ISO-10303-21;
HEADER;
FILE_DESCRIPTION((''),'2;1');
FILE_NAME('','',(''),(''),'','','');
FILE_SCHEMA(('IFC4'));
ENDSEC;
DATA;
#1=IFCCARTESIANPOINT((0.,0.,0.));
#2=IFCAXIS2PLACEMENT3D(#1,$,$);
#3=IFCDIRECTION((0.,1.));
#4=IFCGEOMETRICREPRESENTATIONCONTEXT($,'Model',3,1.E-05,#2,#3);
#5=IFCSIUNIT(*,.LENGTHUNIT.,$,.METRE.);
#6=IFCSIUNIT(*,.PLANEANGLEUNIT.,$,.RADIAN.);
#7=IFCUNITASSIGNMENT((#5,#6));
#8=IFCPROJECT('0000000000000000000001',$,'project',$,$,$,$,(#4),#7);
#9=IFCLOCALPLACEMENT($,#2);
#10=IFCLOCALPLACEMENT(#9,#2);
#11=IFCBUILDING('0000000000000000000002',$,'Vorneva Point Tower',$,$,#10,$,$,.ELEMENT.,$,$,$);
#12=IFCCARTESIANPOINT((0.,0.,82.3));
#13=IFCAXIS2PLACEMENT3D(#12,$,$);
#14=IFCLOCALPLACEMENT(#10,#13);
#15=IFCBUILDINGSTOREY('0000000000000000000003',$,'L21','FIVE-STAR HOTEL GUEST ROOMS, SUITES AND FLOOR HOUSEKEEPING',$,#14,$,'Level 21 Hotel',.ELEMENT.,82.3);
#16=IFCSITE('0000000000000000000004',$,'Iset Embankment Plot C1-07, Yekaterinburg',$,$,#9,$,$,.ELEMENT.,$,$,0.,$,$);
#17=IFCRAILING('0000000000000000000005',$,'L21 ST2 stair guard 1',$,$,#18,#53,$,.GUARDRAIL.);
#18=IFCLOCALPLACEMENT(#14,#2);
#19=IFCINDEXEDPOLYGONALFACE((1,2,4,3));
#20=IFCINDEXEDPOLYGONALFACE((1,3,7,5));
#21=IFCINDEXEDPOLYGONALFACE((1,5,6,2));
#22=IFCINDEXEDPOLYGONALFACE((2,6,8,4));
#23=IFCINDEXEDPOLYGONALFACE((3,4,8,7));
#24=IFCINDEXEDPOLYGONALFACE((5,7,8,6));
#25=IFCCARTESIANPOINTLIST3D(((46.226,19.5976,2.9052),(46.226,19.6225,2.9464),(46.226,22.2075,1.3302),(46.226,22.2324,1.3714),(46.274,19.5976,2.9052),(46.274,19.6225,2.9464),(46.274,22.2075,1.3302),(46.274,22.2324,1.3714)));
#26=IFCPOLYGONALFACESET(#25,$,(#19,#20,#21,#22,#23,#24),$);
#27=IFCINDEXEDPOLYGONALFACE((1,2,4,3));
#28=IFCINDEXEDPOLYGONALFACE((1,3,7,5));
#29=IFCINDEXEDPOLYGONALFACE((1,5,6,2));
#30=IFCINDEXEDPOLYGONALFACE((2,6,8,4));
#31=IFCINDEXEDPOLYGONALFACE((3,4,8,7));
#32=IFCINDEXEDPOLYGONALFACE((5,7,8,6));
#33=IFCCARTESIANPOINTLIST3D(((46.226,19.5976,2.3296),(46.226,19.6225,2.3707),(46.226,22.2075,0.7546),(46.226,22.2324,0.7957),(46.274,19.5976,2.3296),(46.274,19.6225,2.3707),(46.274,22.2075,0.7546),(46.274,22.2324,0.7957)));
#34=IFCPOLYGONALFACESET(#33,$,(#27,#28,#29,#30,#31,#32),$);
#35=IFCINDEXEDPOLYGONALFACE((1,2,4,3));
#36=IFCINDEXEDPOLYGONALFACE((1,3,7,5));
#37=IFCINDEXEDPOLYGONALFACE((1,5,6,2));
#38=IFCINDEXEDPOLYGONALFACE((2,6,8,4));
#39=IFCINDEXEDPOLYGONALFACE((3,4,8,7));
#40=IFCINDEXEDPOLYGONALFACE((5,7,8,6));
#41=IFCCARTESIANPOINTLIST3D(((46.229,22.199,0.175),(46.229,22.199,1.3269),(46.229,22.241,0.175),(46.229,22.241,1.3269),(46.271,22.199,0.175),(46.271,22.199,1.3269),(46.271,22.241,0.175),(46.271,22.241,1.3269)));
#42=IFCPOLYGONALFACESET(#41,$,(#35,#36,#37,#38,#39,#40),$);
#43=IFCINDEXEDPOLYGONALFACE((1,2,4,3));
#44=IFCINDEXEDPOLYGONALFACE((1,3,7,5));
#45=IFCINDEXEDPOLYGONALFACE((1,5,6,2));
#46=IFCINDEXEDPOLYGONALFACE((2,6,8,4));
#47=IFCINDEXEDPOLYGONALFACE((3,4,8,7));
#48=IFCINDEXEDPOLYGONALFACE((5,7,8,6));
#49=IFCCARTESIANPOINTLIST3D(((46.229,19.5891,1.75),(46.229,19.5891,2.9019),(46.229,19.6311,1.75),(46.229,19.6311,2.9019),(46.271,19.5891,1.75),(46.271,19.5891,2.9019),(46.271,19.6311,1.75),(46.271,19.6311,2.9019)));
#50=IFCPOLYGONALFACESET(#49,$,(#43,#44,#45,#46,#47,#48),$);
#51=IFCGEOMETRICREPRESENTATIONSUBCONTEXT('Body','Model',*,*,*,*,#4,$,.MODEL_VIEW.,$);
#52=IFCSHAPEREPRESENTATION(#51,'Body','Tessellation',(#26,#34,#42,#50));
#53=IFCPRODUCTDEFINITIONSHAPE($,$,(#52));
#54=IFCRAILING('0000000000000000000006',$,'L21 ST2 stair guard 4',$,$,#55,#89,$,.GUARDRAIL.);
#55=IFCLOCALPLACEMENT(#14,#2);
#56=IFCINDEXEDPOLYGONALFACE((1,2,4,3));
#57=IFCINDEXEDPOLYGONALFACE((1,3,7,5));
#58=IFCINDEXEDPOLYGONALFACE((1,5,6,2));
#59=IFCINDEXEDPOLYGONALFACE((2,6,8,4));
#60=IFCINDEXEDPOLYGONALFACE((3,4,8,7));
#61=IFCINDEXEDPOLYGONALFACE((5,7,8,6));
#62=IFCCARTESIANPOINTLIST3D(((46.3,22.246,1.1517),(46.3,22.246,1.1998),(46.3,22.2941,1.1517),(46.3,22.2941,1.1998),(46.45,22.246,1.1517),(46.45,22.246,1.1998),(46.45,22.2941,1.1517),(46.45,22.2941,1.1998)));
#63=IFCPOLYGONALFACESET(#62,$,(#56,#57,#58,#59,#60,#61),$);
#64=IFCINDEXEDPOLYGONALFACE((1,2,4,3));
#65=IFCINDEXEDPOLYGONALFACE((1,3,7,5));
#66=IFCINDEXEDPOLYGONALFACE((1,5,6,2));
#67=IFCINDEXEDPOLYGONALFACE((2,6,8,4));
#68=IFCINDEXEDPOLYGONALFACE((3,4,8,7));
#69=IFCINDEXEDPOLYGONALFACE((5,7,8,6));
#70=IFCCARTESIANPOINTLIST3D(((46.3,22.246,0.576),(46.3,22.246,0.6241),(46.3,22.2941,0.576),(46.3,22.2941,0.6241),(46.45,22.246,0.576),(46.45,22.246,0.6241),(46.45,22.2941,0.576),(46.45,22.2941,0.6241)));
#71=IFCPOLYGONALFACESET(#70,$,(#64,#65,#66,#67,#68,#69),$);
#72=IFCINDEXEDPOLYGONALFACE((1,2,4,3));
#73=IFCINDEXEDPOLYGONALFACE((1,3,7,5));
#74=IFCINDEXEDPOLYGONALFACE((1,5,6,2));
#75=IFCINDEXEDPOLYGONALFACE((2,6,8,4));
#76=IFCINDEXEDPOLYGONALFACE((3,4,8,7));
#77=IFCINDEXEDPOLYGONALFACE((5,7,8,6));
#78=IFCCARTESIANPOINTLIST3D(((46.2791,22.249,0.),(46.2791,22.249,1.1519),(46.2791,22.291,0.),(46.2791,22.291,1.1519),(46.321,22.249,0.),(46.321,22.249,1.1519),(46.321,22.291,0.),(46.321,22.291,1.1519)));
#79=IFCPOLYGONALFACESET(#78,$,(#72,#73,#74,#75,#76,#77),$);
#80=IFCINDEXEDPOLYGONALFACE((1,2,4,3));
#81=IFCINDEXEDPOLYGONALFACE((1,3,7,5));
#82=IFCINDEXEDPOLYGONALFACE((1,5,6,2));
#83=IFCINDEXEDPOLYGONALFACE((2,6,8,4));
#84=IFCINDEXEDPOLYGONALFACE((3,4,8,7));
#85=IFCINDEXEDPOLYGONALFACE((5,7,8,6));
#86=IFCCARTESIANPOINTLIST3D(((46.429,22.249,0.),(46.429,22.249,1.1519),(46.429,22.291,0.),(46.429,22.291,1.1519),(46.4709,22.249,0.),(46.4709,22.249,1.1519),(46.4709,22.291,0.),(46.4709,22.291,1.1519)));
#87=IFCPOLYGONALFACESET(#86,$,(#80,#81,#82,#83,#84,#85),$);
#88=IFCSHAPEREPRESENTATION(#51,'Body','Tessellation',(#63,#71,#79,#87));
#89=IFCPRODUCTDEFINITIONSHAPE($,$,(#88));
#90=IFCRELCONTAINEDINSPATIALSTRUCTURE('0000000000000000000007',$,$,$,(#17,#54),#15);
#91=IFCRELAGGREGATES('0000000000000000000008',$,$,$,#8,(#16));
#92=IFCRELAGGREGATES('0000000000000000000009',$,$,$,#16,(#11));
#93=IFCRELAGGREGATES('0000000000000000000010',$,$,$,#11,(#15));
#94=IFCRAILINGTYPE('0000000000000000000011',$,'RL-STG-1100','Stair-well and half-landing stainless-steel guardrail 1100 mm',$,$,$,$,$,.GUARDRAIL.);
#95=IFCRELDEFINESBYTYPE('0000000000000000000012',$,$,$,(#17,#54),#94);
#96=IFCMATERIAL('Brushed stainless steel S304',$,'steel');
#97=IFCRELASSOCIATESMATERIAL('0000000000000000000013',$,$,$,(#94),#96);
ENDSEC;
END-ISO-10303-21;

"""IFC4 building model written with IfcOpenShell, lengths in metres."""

from ifc_helpers import new_model, si_unit, direction, frame, origin, origin_2d, place, context, subcontext, project, spatial, rectangle, extrude, material, type_object, element, save


model = new_model("IFC4")

# Units and contexts
model_context = context("Model", 3, precision=1e-05, world=origin(), true_north=direction((0.0, 1.0)))
body_context = subcontext(model_context, "Body", "Model", "MODEL_VIEW")
ifc_project = project(units=[si_unit("LENGTHUNIT", "METRE"), si_unit("PLANEANGLEUNIT", "RADIAN")], contexts=[model_context])

# Site, building, storey
site_placement = place(None, origin())
site = spatial("IfcSite", under=ifc_project, at=site_placement, Name="Iset Embankment Plot C1-07, Yekaterinburg", CompositionType="ELEMENT", RefElevation=0.0)
building_placement = place(site_placement, origin())
building = spatial("IfcBuilding", under=site, at=building_placement, Name="Vorneva Point Tower", CompositionType="ELEMENT")
storey_placement = place(building_placement, frame((0.0, 0.0, 82.3)))
storey = spatial("IfcBuildingStorey", under=building, at=storey_placement, Name="L21", Description="FIVE-STAR HOTEL GUEST ROOMS, SUITES AND FLOOR HOUSEKEEPING", LongName="Level 21 Hotel", CompositionType="ELEMENT", Elevation=82.3)

# Shared definitions
ifc_material_1 = material(Name="Brushed stainless steel S304", Category="steel")

# Railings
railing_type_1 = type_object("IfcRailingType", Name="RL-STG-1100", Description="Stair-well and half-landing stainless-steel guardrail 1100 mm", PredefinedType="GUARDRAIL", material=ifc_material_1)
railing_1_placement = place(storey_placement, frame((46.25, 22.22, 0.175)))
element("IfcRailing", 1, at=railing_1_placement, inside=storey, type_object=railing_type_1, Name="L21 ST2 stair guard 1", PredefinedType="GUARDRAIL", context=body_context, shape_type="SweptSolid", body=[
    extrude(rectangle(XDim=0.0481, YDim=0.0481, at=origin_2d()), frame((0.0, 0.0, 1.1758), z_axis=(0.0, -0.856183, 0.516673), x_axis=(1.0, 0.0, 0.0)), (0.0, 0.0, 1.0), 3.0483),
    extrude(rectangle(XDim=0.0481, YDim=0.0481, at=origin_2d()), frame((0.0, 0.0, 0.6001), z_axis=(0.0, -0.856183, 0.516673), x_axis=(1.0, 0.0, 0.0)), (0.0, 0.0, 1.0), 3.0483),
    extrude(rectangle(XDim=0.042, YDim=0.042, at=origin_2d()), origin(), (0.0, 0.0, 1.0), 1.1519),
    extrude(rectangle(XDim=0.042, YDim=0.042, at=origin_2d()), frame((0.0, -2.6099, 1.575)), (0.0, 0.0, 1.0), 1.1519),
])
railing_2_placement = place(storey_placement, frame((46.3, 22.27, 0.0)))
element("IfcRailing", 2, at=railing_2_placement, inside=storey, type_object=railing_type_1, Name="L21 ST2 stair guard 4", PredefinedType="GUARDRAIL", context=body_context, shape_type="SweptSolid", body=[
    extrude(rectangle(XDim=0.0481, YDim=0.0481, at=origin_2d()), frame((0.0, 0.0, 1.1758), z_axis=(1.0, 0.0, 0.0), x_axis=(0.0, 1.0, 0.0)), (0.0, 0.0, 1.0), 0.1499),
    extrude(rectangle(XDim=0.0481, YDim=0.0481, at=origin_2d()), frame((0.0, 0.0, 0.6001), z_axis=(1.0, 0.0, 0.0), x_axis=(0.0, 1.0, 0.0)), (0.0, 0.0, 1.0), 0.1499),
    extrude(rectangle(XDim=0.042, YDim=0.042, at=origin_2d()), origin(), (0.0, 0.0, 1.0), 1.1519),
    extrude(rectangle(XDim=0.042, YDim=0.042, at=origin_2d()), frame((0.1499, 0.0, 0.0)), (0.0, 0.0, 1.0), 1.1519),
])

save(model, "model.ifc")
